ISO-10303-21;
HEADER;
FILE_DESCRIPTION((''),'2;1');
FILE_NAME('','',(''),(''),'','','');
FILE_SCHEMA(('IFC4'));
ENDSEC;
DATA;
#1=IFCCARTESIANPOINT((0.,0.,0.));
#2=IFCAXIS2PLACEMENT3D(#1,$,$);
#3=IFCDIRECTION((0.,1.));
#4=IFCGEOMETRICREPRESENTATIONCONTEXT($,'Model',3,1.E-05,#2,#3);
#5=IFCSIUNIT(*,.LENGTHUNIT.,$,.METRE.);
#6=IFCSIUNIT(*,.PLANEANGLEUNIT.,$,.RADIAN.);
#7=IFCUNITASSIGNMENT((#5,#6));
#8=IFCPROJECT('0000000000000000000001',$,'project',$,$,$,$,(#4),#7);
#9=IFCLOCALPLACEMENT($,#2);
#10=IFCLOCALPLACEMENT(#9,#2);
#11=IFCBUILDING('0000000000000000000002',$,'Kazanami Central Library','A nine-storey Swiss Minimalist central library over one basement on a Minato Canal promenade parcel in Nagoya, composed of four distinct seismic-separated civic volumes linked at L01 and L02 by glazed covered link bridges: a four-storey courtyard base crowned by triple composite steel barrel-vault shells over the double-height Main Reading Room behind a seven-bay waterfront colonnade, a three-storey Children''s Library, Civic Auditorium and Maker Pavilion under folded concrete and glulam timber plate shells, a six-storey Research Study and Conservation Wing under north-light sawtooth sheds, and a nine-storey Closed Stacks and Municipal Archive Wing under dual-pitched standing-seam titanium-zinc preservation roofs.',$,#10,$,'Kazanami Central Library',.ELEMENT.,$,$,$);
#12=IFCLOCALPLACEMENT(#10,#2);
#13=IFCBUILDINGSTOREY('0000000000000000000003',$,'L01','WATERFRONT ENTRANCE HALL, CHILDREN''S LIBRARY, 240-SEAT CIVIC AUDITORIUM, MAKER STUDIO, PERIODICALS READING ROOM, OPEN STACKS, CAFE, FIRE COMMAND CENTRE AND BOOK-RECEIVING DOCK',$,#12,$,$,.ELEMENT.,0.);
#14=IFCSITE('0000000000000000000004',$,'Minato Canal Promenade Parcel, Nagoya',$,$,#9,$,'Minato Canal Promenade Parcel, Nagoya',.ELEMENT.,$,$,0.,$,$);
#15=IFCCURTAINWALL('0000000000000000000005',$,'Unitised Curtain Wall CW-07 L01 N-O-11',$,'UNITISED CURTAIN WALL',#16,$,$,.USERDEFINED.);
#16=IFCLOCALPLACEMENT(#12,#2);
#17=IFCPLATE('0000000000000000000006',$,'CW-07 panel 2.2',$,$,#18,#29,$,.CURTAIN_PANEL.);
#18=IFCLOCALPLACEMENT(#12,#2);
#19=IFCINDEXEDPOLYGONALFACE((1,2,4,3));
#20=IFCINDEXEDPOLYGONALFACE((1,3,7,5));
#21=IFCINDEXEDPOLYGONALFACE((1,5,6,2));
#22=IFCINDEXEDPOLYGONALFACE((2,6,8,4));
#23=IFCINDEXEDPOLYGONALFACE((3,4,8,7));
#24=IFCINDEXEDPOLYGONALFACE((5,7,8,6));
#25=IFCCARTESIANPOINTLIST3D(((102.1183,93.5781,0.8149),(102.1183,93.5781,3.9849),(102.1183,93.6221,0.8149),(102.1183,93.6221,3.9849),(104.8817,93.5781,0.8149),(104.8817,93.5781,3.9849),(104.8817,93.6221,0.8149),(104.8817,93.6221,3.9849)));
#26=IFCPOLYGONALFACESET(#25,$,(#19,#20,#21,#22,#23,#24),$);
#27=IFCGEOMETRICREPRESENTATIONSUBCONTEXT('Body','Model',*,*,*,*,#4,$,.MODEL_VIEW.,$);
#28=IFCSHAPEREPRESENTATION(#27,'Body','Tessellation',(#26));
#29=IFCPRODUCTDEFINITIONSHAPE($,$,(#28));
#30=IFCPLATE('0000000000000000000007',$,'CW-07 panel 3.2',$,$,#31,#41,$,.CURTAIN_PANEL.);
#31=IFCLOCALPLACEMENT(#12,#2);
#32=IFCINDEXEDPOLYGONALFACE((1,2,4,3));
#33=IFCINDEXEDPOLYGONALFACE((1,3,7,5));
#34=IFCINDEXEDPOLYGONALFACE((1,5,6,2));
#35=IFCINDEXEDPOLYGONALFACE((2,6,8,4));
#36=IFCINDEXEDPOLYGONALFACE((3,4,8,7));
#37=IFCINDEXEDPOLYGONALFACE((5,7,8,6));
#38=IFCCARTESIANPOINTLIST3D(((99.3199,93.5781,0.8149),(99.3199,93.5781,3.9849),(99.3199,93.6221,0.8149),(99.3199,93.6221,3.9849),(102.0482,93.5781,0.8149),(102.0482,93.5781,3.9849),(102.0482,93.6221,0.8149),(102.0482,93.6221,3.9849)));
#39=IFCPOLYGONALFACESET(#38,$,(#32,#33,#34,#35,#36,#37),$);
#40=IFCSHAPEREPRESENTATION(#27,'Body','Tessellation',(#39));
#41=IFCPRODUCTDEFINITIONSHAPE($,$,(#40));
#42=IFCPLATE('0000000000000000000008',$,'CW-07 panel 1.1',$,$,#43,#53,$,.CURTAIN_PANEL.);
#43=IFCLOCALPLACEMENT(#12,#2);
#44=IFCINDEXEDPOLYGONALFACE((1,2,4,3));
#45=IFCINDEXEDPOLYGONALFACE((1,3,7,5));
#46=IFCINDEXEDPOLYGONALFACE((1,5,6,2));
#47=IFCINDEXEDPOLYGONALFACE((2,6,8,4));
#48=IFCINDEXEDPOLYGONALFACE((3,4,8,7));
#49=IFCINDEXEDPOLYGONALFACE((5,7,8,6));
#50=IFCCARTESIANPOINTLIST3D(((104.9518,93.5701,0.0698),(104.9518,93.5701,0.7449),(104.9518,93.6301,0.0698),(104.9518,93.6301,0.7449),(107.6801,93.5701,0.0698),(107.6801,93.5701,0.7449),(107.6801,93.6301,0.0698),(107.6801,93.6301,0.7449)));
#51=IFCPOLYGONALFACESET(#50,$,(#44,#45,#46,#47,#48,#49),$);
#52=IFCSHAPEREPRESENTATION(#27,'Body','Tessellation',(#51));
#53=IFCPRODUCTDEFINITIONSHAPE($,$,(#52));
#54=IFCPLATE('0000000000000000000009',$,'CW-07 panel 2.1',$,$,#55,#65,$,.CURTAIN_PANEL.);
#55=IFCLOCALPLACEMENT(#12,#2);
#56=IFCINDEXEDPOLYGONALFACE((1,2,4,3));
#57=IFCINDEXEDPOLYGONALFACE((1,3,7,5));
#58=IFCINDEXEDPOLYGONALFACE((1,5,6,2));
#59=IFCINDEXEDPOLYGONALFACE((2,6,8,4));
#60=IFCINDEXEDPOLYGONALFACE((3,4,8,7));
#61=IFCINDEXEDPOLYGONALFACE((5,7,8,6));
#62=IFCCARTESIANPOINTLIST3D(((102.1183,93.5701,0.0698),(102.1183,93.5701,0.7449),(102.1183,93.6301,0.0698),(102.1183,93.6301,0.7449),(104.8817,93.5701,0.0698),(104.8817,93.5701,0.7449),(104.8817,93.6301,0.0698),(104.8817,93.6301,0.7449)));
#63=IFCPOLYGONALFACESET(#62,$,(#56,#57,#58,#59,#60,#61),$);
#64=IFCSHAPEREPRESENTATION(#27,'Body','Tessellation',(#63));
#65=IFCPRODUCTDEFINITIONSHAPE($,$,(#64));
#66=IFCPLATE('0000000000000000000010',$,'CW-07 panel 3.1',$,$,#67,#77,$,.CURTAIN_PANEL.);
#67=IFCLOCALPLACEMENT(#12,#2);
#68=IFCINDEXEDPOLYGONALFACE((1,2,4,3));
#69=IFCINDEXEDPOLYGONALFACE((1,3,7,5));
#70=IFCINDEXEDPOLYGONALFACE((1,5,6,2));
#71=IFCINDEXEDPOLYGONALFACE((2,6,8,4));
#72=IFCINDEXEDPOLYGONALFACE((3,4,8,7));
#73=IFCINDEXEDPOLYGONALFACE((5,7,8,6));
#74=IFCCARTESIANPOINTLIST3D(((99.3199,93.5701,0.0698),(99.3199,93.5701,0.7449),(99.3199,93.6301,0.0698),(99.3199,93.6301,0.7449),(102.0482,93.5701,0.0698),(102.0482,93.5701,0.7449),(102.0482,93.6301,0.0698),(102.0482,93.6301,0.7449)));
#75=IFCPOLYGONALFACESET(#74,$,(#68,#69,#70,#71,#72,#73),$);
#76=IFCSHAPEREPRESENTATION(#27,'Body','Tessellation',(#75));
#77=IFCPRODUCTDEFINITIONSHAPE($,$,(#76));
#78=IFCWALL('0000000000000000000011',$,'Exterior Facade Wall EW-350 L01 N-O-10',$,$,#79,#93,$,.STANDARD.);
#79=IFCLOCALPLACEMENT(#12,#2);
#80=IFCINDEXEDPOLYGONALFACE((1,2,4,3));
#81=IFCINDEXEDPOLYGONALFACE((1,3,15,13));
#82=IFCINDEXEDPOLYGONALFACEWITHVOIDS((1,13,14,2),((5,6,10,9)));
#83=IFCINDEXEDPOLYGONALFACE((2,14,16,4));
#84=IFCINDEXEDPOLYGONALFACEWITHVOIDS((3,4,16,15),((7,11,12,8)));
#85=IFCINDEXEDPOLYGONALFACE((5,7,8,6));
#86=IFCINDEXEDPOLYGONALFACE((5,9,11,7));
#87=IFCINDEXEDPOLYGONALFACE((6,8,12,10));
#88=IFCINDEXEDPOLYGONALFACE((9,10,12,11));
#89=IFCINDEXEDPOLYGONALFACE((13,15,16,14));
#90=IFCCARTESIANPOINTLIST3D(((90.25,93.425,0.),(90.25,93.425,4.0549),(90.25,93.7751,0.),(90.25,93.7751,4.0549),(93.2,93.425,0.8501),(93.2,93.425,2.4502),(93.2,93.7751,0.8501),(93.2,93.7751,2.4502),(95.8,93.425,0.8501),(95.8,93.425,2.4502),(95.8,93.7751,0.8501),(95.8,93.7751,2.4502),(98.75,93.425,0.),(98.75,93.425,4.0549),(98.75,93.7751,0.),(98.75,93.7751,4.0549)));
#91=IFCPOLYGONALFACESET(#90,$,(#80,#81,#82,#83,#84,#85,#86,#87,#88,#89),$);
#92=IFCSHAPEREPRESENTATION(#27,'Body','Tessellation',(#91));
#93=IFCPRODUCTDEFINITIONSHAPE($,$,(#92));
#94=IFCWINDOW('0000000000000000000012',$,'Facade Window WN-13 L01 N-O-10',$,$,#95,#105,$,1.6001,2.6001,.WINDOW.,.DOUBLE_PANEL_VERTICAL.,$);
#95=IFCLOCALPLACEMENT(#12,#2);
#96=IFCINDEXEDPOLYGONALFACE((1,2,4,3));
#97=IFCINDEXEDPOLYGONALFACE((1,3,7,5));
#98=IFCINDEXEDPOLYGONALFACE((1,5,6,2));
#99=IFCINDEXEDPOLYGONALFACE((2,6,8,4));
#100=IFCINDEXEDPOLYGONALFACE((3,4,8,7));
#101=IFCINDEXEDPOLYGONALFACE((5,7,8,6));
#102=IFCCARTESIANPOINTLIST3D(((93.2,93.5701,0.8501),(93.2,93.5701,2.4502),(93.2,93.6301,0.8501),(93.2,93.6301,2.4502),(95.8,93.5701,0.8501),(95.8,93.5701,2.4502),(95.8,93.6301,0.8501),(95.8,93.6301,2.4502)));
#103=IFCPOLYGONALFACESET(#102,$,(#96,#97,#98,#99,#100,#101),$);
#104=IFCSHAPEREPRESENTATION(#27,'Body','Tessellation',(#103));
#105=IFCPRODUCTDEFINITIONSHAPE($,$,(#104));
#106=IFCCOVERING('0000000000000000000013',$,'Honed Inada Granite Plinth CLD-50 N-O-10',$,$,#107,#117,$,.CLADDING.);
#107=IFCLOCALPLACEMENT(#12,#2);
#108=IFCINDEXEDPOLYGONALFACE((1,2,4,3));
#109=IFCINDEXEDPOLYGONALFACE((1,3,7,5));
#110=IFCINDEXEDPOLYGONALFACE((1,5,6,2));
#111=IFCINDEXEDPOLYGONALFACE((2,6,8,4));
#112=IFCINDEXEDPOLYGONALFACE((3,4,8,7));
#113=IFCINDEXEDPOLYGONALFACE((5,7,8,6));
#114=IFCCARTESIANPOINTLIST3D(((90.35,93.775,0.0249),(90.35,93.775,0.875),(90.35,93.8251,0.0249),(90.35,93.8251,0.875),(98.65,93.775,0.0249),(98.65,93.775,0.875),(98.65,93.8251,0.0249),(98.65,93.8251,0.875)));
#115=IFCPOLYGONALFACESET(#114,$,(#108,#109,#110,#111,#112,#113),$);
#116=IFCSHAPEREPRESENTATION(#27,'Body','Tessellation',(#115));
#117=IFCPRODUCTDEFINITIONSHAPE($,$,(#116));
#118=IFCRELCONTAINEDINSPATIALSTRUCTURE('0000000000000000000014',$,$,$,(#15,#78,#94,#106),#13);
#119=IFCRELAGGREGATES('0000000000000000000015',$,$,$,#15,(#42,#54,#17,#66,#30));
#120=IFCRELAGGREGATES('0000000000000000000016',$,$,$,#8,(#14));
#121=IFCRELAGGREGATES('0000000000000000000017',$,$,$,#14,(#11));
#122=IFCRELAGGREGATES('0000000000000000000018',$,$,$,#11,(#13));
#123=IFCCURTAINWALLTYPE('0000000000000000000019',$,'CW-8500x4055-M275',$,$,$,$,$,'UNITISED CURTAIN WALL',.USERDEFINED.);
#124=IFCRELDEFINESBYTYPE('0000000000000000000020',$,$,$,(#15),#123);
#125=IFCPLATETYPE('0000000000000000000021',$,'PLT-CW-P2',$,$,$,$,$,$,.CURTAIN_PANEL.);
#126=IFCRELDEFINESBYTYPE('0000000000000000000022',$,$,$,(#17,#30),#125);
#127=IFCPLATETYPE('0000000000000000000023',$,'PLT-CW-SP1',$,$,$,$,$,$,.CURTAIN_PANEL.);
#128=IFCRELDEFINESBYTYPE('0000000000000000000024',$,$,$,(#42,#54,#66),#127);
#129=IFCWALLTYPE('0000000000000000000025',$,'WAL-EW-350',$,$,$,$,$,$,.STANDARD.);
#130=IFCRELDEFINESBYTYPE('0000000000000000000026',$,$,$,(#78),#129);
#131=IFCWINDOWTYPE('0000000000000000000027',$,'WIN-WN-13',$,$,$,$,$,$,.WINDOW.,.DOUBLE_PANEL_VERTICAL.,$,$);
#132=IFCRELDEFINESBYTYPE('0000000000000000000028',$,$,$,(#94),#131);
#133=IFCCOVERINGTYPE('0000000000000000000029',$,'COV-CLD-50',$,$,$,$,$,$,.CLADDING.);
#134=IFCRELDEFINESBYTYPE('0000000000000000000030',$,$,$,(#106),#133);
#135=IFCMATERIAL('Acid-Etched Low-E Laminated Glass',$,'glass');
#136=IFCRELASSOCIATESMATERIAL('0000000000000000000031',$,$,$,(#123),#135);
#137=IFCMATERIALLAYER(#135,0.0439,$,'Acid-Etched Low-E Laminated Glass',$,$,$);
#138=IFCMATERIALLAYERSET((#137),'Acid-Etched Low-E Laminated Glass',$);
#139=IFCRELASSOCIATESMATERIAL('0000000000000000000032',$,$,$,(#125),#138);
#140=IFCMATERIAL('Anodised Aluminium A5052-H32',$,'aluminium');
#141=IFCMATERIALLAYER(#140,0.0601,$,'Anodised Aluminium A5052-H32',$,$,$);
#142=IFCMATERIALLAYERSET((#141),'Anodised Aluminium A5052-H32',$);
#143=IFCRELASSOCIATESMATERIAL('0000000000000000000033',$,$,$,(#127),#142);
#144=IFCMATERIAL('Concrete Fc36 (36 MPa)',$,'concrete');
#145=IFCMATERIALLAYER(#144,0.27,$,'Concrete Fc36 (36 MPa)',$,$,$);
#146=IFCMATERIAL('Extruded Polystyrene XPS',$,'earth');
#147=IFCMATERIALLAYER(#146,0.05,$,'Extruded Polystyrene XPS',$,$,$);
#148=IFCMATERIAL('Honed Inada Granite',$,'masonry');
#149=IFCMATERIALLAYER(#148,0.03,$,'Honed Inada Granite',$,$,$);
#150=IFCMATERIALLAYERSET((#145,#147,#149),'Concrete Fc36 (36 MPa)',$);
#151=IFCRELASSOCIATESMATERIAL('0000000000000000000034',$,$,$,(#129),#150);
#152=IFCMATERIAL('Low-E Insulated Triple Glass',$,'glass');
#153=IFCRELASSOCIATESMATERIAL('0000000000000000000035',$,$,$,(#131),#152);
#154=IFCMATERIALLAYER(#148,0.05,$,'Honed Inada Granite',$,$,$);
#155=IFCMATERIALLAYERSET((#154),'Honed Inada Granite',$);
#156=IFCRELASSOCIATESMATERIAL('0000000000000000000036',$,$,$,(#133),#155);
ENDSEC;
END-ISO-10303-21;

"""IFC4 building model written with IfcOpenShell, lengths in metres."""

from ifc_helpers import new_model, si_unit, direction, frame, frame_2d, origin, origin_2d, place, context, subcontext, project, spatial, rectangle, extrude, material, layer, layer_set, type_object, element, fill, aggregate, save


model = new_model("IFC4")

# Units and contexts
model_context = context("Model", 3, precision=1e-05, world=origin(), true_north=direction((0.0, 1.0)))
body_context = subcontext(model_context, "Body", "Model", "MODEL_VIEW")
ifc_project = project(units=[si_unit("LENGTHUNIT", "METRE"), si_unit("PLANEANGLEUNIT", "RADIAN")], contexts=[model_context])

# Site, building, storey
site_placement = place(None, origin())
site = spatial("IfcSite", under=ifc_project, at=site_placement, Name="Minato Canal Promenade Parcel, Nagoya", LongName="Minato Canal Promenade Parcel, Nagoya", CompositionType="ELEMENT", RefElevation=0.0)
building_placement = place(site_placement, origin())
building = spatial("IfcBuilding", under=site, at=building_placement, Name="Kazanami Central Library", Description="A nine-storey Swiss Minimalist central library over one basement on a Minato Canal promenade parcel in Nagoya, composed of four distinct seismic-separated civic volumes linked at L01 and L02 by glazed covered link bridges: a four-storey courtyard base crowned by triple composite steel barrel-vault shells over the double-height Main Reading Room behind a seven-bay waterfront colonnade, a three-storey Children's Library, Civic Auditorium and Maker Pavilion under folded concrete and glulam timber plate shells, a six-storey Research Study and Conservation Wing under north-light sawtooth sheds, and a nine-storey Closed Stacks and Municipal Archive Wing under dual-pitched standing-seam titanium-zinc preservation roofs.", LongName="Kazanami Central Library", CompositionType="ELEMENT")
storey_placement = place(building_placement, origin())
storey = spatial("IfcBuildingStorey", under=building, at=storey_placement, Name="L01", Description="WATERFRONT ENTRANCE HALL, CHILDREN'S LIBRARY, 240-SEAT CIVIC AUDITORIUM, MAKER STUDIO, PERIODICALS READING ROOM, OPEN STACKS, CAFE, FIRE COMMAND CENTRE AND BOOK-RECEIVING DOCK", CompositionType="ELEMENT", Elevation=0.0)

# Curtain wall, plates
ifc_material_1 = material(Name="Acid-Etched Low-E Laminated Glass", Category="glass")
curtain_wall_type = type_object("IfcCurtainWallType", Name="CW-8500x4055-M275", ElementType="UNITISED CURTAIN WALL", PredefinedType="USERDEFINED", material=ifc_material_1)
curtain_wall_placement = place(storey_placement, origin())
curtain_wall = element("IfcCurtainWall", 1, at=curtain_wall_placement, inside=storey, type_object=curtain_wall_type, Name="Unitised Curtain Wall CW-07 L01 N-O-11", ObjectType="UNITISED CURTAIN WALL", PredefinedType="USERDEFINED")
ifc_layer_1 = layer(ifc_material_1, 0.0439, Name="Acid-Etched Low-E Laminated Glass")
ifc_layer_set_1 = layer_set([ifc_layer_1], Name="Acid-Etched Low-E Laminated Glass")
plate_type_1 = type_object("IfcPlateType", Name="PLT-CW-P2", PredefinedType="CURTAIN_PANEL", material=ifc_layer_set_1)
plate_1_placement = place(storey_placement, frame((103.5, 93.6001, 0.8149), z_axis=(0.0, 0.0, 1.0), x_axis=(-1.0, 0.0, 0.0)))
plate_1 = element("IfcPlate", 2, at=plate_1_placement, type_object=plate_type_1, Name="CW-07 panel 2.2", PredefinedType="CURTAIN_PANEL", context=body_context, shape_type="SweptSolid", body=[
    extrude(rectangle(XDim=2.7634, YDim=0.0439, at=origin_2d()), origin(), (0.0, 0.0, 1.0), 3.1699),
])
plate_2_placement = place(storey_placement, frame((100.6841, 93.6001, 0.8149), z_axis=(0.0, 0.0, 1.0), x_axis=(-1.0, 0.0, 0.0)))
plate_2 = element("IfcPlate", 3, at=plate_2_placement, type_object=plate_type_1, Name="CW-07 panel 3.2", PredefinedType="CURTAIN_PANEL", context=body_context, shape_type="SweptSolid", body=[
    extrude(rectangle(XDim=2.7283, YDim=0.0439, at=origin_2d()), origin(), (0.0, 0.0, 1.0), 3.1699),
])
ifc_material_2 = material(Name="Anodised Aluminium A5052-H32", Category="aluminium")
ifc_layer_2 = layer(ifc_material_2, 0.0601, Name="Anodised Aluminium A5052-H32")
ifc_layer_set_2 = layer_set([ifc_layer_2], Name="Anodised Aluminium A5052-H32")
plate_type_2 = type_object("IfcPlateType", Name="PLT-CW-SP1", PredefinedType="CURTAIN_PANEL", material=ifc_layer_set_2)
plate_3_placement = place(storey_placement, frame((106.3159, 93.6001, 0.0698), z_axis=(0.0, 0.0, 1.0), x_axis=(-1.0, 0.0, 0.0)))
plate_3 = element("IfcPlate", 4, at=plate_3_placement, type_object=plate_type_2, Name="CW-07 panel 1.1", PredefinedType="CURTAIN_PANEL", context=body_context, shape_type="SweptSolid", body=[
    extrude(rectangle(XDim=2.7283, YDim=0.0601, at=origin_2d()), origin(), (0.0, 0.0, 1.0), 0.675),
])
plate_4_placement = place(storey_placement, frame((103.5, 93.6001, 0.0698), z_axis=(0.0, 0.0, 1.0), x_axis=(-1.0, 0.0, 0.0)))
plate_4 = element("IfcPlate", 5, at=plate_4_placement, type_object=plate_type_2, Name="CW-07 panel 2.1", PredefinedType="CURTAIN_PANEL", context=body_context, shape_type="SweptSolid", body=[
    extrude(rectangle(XDim=2.7634, YDim=0.0601, at=origin_2d()), origin(), (0.0, 0.0, 1.0), 0.675),
])
plate_5_placement = place(storey_placement, frame((100.6841, 93.6001, 0.0698), z_axis=(0.0, 0.0, 1.0), x_axis=(-1.0, 0.0, 0.0)))
plate_5 = element("IfcPlate", 6, at=plate_5_placement, type_object=plate_type_2, Name="CW-07 panel 3.1", PredefinedType="CURTAIN_PANEL", context=body_context, shape_type="SweptSolid", body=[
    extrude(rectangle(XDim=2.7283, YDim=0.0601, at=origin_2d()), origin(), (0.0, 0.0, 1.0), 0.675),
])
aggregate(curtain_wall, [plate_3, plate_4, plate_1, plate_5, plate_2])

# Wall, opening, window
ifc_material_3 = material(Name="Concrete Fc36 (36 MPa)", Category="concrete")
ifc_layer_3 = layer(ifc_material_3, 0.27, Name="Concrete Fc36 (36 MPa)")
ifc_material_4 = material(Name="Extruded Polystyrene XPS", Category="earth")
ifc_layer_4 = layer(ifc_material_4, 0.05, Name="Extruded Polystyrene XPS")
ifc_material_5 = material(Name="Honed Inada Granite", Category="masonry")
ifc_layer_5 = layer(ifc_material_5, 0.03, Name="Honed Inada Granite")
ifc_layer_set_3 = layer_set([ifc_layer_3, ifc_layer_4, ifc_layer_5], Name="Concrete Fc36 (36 MPa)")
wall_type = type_object("IfcWallType", Name="WAL-EW-350", PredefinedType="STANDARD", material=ifc_layer_set_3)
wall_placement = place(storey_placement, frame((98.75, 93.6001, 0.0), z_axis=(0.0, 0.0, 1.0), x_axis=(-1.0, 0.0, 0.0)))
wall = element("IfcWall", 7, at=wall_placement, inside=storey, type_object=wall_type, Name="Exterior Facade Wall EW-350 L01 N-O-10", PredefinedType="STANDARD", context=body_context, shape_type="SweptSolid", body=[
    extrude(rectangle(XDim=8.5, YDim=0.3501, at=frame_2d((4.25, 0.0))), origin(), (0.0, 0.0, 1.0), 4.0549),
])
opening_placement = place(wall_placement, frame((2.95, 0.0, 0.8501)))
opening = element("IfcOpeningElement", 8, at=opening_placement, cuts=wall, PredefinedType="OPENING", context=body_context, shape_type="SweptSolid", body=[
    extrude(rectangle(XDim=2.6001, YDim=1.6001, at=frame_2d((1.3, 0.8))), frame((0.0, 0.187, 0.0), z_axis=(0.0, -1.0, 0.0), x_axis=(1.0, 0.0, 0.0)), (0.0, 0.0, 1.0), 0.374),
])
ifc_material_6 = material(Name="Low-E Insulated Triple Glass", Category="glass")
window_type = type_object("IfcWindowType", Name="WIN-WN-13", PartitioningType="DOUBLE_PANEL_VERTICAL", PredefinedType="WINDOW", material=ifc_material_6)
window_placement = place(opening_placement, origin())
window = element("IfcWindow", 9, at=window_placement, inside=storey, type_object=window_type, Name="Facade Window WN-13 L01 N-O-10", OverallHeight=1.6001, OverallWidth=2.6001, PartitioningType="DOUBLE_PANEL_VERTICAL", PredefinedType="WINDOW", context=body_context, shape_type="SweptSolid", body=[
    extrude(rectangle(XDim=2.6001, YDim=1.6001, at=frame_2d((1.3, 0.8))), frame((0.0, 0.03, 0.0), z_axis=(0.0, -1.0, 0.0), x_axis=(1.0, 0.0, 0.0)), (0.0, 0.0, 1.0), 0.0601),
])
fill(opening, window)

# Covering
ifc_layer_6 = layer(ifc_material_5, 0.05, Name="Honed Inada Granite")
ifc_layer_set_4 = layer_set([ifc_layer_6], Name="Honed Inada Granite")
covering_type = type_object("IfcCoveringType", Name="COV-CLD-50", PredefinedType="CLADDING", material=ifc_layer_set_4)
covering_placement = place(storey_placement, frame((94.5, 93.8, 0.0249), z_axis=(0.0, 0.0, 1.0), x_axis=(-1.0, 0.0, 0.0)))
element("IfcCovering", 10, at=covering_placement, inside=storey, type_object=covering_type, Name="Honed Inada Granite Plinth CLD-50 N-O-10", PredefinedType="CLADDING", context=body_context, shape_type="SweptSolid", body=[
    extrude(rectangle(XDim=8.3, YDim=0.05, at=origin_2d()), origin(), (0.0, 0.0, 1.0), 0.8501),
])

save(model, "model.ifc")
